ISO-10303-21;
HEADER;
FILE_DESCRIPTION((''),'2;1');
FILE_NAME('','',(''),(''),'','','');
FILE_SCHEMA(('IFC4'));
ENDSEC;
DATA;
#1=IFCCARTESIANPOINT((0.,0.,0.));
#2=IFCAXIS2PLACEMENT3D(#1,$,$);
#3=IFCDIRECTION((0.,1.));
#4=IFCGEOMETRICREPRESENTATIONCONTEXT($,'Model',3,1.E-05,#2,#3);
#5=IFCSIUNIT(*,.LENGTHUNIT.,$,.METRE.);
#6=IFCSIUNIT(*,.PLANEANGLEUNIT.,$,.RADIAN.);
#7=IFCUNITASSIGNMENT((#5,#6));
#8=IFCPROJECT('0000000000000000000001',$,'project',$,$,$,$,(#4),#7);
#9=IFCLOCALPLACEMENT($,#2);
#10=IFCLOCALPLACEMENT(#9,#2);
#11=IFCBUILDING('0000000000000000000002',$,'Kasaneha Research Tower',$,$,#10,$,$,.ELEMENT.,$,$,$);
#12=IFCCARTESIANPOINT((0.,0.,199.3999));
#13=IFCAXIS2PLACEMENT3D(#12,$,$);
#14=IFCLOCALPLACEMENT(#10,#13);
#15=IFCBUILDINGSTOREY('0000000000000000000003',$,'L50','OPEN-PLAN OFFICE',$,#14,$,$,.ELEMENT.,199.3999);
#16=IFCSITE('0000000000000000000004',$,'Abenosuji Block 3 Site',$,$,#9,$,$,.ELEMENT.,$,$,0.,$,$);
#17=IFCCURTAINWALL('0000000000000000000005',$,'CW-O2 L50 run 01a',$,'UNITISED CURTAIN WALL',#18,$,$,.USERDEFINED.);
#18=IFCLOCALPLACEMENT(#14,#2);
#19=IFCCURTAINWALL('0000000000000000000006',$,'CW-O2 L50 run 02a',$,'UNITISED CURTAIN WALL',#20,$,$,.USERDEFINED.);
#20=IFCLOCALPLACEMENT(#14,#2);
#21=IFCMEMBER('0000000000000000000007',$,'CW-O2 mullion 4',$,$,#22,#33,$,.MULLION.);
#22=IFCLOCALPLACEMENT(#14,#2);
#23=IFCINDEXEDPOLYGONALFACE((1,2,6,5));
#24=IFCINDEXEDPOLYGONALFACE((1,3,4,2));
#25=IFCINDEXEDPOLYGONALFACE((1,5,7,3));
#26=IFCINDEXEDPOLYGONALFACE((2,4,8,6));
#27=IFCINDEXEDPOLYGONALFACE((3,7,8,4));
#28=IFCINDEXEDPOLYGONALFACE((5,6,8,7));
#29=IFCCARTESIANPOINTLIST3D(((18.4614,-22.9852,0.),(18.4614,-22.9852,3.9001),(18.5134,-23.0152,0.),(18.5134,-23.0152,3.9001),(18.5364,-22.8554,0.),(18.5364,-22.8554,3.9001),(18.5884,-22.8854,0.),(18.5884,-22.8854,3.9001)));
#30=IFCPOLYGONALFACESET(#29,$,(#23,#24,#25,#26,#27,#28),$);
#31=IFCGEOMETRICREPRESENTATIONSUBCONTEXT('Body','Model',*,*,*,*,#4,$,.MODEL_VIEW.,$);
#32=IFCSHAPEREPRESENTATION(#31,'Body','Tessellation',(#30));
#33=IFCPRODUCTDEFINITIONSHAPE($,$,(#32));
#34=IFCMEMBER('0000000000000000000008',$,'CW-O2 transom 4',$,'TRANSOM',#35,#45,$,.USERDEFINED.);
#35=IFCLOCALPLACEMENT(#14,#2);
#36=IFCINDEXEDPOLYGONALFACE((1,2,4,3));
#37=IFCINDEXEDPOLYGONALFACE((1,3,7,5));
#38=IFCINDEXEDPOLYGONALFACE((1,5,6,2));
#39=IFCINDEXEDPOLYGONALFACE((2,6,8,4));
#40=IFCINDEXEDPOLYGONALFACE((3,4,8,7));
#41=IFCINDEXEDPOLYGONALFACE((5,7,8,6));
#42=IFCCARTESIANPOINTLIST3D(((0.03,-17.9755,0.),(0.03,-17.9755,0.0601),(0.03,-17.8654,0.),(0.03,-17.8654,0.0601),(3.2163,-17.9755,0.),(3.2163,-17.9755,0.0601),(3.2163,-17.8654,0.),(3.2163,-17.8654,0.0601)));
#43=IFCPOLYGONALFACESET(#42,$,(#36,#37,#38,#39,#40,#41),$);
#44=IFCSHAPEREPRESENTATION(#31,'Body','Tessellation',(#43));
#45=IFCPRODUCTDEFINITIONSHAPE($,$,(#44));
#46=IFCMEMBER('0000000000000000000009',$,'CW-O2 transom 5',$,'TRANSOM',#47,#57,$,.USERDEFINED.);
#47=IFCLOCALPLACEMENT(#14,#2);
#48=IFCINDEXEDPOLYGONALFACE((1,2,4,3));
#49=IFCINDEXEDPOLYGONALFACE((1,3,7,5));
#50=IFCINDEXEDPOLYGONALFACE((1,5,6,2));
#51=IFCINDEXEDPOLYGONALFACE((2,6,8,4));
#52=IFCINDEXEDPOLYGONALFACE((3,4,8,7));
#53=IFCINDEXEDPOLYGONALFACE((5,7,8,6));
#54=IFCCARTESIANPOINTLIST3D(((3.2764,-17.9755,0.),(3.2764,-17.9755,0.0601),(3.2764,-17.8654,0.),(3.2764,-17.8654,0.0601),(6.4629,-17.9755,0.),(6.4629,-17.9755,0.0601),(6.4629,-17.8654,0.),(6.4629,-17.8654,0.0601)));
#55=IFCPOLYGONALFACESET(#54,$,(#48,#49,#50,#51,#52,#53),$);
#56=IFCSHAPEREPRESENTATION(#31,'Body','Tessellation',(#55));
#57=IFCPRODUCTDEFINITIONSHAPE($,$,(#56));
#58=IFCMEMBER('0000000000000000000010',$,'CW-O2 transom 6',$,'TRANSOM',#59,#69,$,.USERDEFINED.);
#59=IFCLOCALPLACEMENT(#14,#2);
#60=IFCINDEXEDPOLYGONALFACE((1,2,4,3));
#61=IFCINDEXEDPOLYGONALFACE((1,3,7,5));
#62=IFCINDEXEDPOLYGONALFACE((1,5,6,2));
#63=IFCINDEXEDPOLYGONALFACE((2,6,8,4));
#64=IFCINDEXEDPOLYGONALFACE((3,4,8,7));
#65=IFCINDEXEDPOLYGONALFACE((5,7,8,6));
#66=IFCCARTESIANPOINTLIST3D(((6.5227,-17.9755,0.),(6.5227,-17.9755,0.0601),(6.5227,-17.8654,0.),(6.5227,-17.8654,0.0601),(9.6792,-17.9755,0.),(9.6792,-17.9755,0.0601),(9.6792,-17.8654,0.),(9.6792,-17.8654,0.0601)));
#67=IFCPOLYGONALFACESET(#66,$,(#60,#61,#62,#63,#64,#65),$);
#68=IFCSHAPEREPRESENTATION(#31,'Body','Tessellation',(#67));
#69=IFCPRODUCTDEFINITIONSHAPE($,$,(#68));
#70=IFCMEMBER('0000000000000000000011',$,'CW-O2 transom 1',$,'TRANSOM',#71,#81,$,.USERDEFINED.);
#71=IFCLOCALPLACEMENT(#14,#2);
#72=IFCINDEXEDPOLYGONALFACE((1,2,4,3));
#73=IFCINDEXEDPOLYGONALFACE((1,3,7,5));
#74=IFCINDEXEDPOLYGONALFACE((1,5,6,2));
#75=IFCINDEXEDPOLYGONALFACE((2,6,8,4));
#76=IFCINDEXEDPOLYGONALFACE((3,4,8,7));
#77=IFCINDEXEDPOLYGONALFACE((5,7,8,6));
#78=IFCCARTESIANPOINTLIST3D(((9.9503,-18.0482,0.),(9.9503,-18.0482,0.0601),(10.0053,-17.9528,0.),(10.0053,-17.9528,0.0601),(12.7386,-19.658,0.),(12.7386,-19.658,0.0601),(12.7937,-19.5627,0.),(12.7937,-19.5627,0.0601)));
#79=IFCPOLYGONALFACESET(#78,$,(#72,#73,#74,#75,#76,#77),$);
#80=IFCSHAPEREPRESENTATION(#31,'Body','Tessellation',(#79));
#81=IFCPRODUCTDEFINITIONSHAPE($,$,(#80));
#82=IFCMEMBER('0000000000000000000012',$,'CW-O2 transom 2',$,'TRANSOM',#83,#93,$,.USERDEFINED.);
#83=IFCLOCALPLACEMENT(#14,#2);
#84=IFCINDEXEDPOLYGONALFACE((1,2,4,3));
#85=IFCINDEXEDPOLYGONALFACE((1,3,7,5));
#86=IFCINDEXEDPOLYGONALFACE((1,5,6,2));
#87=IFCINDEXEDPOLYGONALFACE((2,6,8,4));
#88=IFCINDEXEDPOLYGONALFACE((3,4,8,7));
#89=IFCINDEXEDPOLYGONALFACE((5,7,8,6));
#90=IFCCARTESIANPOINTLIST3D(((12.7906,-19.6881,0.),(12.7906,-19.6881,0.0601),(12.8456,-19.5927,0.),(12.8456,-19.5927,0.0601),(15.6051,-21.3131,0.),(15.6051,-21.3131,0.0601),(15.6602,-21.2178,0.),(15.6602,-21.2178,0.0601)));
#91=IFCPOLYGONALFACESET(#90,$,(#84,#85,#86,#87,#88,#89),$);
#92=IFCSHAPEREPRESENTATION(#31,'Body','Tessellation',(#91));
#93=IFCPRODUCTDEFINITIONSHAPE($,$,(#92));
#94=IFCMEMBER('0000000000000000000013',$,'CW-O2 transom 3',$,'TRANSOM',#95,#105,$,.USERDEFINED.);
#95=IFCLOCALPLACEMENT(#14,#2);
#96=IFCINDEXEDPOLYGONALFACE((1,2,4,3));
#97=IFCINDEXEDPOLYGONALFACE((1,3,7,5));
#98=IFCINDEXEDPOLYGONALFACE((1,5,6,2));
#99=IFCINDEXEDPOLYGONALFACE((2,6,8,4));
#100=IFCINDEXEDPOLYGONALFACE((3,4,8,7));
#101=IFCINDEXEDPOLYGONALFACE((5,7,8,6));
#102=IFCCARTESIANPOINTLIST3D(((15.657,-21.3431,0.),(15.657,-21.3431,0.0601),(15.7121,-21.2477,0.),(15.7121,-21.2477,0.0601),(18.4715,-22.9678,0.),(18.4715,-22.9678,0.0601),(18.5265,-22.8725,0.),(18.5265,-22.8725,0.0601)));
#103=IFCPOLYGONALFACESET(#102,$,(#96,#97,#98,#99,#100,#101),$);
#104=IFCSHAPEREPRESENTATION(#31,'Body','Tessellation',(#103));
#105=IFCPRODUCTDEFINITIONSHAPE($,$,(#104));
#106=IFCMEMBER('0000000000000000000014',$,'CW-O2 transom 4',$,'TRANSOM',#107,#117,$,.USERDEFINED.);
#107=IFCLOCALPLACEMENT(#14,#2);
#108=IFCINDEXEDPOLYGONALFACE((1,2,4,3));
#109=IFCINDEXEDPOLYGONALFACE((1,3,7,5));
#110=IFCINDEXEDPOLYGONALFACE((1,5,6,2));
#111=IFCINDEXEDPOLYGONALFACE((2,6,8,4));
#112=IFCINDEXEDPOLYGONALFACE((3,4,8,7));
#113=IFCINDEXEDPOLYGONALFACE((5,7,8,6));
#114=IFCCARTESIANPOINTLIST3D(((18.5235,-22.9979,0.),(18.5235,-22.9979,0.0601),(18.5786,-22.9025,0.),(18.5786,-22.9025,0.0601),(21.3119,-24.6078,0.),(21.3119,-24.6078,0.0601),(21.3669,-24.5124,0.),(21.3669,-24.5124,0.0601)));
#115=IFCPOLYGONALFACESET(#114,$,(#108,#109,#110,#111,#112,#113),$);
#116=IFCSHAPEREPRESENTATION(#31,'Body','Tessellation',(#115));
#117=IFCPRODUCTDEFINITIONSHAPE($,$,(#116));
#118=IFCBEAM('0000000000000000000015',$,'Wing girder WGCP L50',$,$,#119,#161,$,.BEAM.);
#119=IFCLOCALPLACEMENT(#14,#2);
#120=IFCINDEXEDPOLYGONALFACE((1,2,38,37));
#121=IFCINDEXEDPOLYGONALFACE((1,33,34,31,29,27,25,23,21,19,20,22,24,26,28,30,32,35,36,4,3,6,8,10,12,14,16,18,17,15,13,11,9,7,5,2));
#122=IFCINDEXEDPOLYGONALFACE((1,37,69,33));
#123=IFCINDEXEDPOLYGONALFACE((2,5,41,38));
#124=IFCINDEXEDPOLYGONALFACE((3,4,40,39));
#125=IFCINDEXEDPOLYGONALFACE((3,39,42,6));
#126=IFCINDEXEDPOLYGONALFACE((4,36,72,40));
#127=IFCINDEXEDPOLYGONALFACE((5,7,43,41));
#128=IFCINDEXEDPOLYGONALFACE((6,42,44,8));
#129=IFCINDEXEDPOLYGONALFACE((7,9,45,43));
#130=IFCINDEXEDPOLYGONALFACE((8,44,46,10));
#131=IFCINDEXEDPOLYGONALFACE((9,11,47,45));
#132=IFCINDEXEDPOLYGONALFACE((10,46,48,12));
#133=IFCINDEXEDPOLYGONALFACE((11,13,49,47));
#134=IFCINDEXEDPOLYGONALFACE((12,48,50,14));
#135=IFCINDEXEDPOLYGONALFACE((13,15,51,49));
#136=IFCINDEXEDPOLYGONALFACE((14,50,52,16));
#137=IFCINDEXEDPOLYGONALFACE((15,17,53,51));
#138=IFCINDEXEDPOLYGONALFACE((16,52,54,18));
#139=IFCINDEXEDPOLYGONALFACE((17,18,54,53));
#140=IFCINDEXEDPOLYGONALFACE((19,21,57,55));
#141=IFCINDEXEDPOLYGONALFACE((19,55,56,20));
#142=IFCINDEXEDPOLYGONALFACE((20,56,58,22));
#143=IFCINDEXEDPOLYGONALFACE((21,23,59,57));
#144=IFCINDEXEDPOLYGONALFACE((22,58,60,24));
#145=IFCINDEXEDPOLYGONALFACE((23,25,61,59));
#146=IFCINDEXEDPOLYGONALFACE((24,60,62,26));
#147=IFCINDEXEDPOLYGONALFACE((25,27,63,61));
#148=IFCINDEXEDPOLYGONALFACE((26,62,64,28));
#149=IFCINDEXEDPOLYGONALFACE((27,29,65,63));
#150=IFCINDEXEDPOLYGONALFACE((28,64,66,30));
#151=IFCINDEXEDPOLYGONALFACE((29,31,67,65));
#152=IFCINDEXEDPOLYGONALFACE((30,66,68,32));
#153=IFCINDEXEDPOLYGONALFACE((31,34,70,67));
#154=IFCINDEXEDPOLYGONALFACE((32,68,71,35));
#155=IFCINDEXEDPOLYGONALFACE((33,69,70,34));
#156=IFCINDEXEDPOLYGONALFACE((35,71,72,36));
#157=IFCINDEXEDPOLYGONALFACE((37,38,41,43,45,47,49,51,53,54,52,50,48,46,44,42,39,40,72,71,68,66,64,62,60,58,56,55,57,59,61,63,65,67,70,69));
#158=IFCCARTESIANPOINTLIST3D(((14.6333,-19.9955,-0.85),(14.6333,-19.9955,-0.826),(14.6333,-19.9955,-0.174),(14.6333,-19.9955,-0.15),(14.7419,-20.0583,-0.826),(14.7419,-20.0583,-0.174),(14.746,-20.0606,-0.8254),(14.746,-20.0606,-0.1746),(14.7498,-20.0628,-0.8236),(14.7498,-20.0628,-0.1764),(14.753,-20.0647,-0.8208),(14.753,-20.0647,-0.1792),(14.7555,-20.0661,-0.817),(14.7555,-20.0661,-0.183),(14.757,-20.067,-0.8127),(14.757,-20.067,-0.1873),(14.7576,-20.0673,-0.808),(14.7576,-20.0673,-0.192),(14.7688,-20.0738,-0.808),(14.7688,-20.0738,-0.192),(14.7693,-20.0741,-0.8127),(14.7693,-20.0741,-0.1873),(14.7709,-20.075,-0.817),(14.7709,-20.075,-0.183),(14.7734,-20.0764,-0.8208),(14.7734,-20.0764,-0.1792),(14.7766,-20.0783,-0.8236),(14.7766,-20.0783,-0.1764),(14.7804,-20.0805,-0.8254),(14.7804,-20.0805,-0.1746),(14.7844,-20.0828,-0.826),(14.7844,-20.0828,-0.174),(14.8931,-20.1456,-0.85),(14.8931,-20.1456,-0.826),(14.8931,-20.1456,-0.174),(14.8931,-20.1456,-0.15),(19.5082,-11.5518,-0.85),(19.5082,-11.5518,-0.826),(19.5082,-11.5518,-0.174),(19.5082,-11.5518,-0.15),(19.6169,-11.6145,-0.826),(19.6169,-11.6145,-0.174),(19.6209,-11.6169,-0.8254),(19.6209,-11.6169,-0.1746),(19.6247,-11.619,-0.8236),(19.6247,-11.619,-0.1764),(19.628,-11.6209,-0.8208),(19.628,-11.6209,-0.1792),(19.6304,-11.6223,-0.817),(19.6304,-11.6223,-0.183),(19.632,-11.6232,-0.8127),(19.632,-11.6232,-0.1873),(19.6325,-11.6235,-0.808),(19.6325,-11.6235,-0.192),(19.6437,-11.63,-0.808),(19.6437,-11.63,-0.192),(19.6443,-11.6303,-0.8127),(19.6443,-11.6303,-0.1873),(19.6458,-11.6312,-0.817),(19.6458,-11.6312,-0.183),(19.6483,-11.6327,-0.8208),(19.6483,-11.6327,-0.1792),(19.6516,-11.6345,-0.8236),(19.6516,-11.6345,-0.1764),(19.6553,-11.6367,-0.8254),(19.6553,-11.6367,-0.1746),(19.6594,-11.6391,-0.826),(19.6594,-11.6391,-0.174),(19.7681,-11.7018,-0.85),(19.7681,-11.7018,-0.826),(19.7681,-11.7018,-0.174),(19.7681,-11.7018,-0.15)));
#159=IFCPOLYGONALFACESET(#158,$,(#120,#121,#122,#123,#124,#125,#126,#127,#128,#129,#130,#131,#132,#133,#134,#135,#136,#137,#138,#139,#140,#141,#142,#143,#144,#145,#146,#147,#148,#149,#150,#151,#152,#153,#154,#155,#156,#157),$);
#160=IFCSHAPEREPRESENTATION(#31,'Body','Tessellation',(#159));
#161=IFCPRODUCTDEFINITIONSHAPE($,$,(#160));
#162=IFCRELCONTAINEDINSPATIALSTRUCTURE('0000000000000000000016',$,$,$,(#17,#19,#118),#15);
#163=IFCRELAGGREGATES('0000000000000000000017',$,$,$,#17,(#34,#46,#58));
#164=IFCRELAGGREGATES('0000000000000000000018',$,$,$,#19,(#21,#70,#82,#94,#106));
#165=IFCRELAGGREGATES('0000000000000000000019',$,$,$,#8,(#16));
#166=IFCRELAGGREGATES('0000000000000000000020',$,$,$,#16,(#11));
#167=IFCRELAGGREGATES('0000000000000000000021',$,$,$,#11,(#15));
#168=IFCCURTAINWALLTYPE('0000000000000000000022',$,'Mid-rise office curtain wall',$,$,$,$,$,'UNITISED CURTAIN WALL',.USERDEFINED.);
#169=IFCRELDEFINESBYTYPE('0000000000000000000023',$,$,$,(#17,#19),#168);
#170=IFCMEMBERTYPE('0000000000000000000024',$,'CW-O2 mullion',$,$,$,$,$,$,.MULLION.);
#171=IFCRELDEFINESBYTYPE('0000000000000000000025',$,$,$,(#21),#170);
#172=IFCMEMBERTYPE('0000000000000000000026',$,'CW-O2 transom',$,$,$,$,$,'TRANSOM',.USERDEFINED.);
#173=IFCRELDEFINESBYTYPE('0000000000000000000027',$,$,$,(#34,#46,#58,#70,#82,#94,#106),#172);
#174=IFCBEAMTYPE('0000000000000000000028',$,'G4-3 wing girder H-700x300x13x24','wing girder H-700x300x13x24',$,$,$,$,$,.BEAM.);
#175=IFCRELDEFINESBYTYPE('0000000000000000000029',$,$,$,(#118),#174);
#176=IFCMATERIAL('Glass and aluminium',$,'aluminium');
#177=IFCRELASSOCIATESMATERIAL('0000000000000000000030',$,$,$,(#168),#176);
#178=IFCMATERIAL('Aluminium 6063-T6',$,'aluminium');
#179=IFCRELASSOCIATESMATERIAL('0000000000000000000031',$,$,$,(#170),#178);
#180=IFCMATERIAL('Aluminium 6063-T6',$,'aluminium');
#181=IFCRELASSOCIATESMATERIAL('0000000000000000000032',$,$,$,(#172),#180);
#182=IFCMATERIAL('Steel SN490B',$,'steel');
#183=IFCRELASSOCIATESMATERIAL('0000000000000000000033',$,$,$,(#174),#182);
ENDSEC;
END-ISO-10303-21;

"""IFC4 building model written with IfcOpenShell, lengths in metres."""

from ifc_helpers import new_model, si_unit, direction, frame, origin, origin_2d, place, context, subcontext, project, spatial, rectangle, i_section, extrude, material, material_profile, profile_set, type_object, element, aggregate, save


model = new_model("IFC4")

# Units and contexts
model_context = context("Model", 3, precision=1e-05, world=origin(), true_north=direction((0.0, 1.0)))
body_context = subcontext(model_context, "Body", "Model", "MODEL_VIEW")
ifc_project = project(units=[si_unit("LENGTHUNIT", "METRE"), si_unit("PLANEANGLEUNIT", "RADIAN")], contexts=[model_context])

# Site, building, storey
site_placement = place(None, origin())
site = spatial("IfcSite", under=ifc_project, at=site_placement, Name="Abenosuji Block 3 Site", CompositionType="ELEMENT", RefElevation=0.0)
building_placement = place(site_placement, origin())
building = spatial("IfcBuilding", under=site, at=building_placement, Name="Kasaneha Research Tower", CompositionType="ELEMENT")
storey_placement = place(building_placement, frame((0.0, 0.0, 199.3999)))
storey = spatial("IfcBuildingStorey", under=building, at=storey_placement, Name="L50", Description="OPEN-PLAN OFFICE", CompositionType="ELEMENT", Elevation=199.3999)

# Curtain walls, member
ifc_material_1 = material(Name="Glass and aluminium", Category="aluminium")
curtain_wall_type = type_object("IfcCurtainWallType", Name="Mid-rise office curtain wall", ElementType="UNITISED CURTAIN WALL", PredefinedType="USERDEFINED", material=ifc_material_1)
curtain_wall_1_placement = place(storey_placement, origin())
curtain_wall_1 = element("IfcCurtainWall", 1, at=curtain_wall_1_placement, inside=storey, type_object=curtain_wall_type, Name="CW-O2 L50 run 01a", ObjectType="UNITISED CURTAIN WALL", PredefinedType="USERDEFINED")
ifc_material_2 = material(Name="Aluminium 6063-T6", Category="aluminium")
ifc_material_profile_1 = material_profile(ifc_material_2, rectangle(XDim=0.0601, YDim=0.1499, at=origin_2d()), Name="CW-O2 mullion 60x150")
ifc_profile_set_1 = profile_set([ifc_material_profile_1], Name="Aluminium 6063-T6")
member_type_1 = type_object("IfcMemberType", Name="CW-O2 mullion", PredefinedType="MULLION", material=ifc_profile_set_1)
curtain_wall_2_placement = place(storey_placement, origin())
curtain_wall_2 = element("IfcCurtainWall", 2, at=curtain_wall_2_placement, inside=storey, type_object=curtain_wall_type, Name="CW-O2 L50 run 02a", ObjectType="UNITISED CURTAIN WALL", PredefinedType="USERDEFINED")
member_1_placement = place(storey_placement, frame((18.5249, -22.9353, 0.0), z_axis=(0.0, 0.0, 1.0), x_axis=(0.866025, -0.5, 0.0)))
member_1 = element("IfcMember", 3, at=member_1_placement, type_object=member_type_1, Name="CW-O2 mullion 4", PredefinedType="MULLION", context=body_context, shape_type="SweptSolid", body=[
    extrude(rectangle(XDim=0.0601, YDim=0.1499, at=origin_2d()), origin(), (0.0, 0.0, 1.0), 3.9001),
])

# Members
ifc_material_3 = material(Name="Aluminium 6063-T6", Category="aluminium")
ifc_material_profile_2 = material_profile(ifc_material_3, rectangle(XDim=0.1101, YDim=0.0601, at=origin_2d()), Name="CW-O2 transom 110x60")
ifc_profile_set_2 = profile_set([ifc_material_profile_2], Name="Aluminium 6063-T6")
member_type_2 = type_object("IfcMemberType", Name="CW-O2 transom", ElementType="TRANSOM", PredefinedType="USERDEFINED", material=ifc_profile_set_2)
member_2_placement = place(storey_placement, frame((0.03, -17.9204, 0.03), z_axis=(1.0, 0.0, 0.0), x_axis=(0.0, 1.0, 0.0)))
member_2 = element("IfcMember", 4, at=member_2_placement, type_object=member_type_2, Name="CW-O2 transom 4", ObjectType="TRANSOM", PredefinedType="USERDEFINED", context=body_context, shape_type="SweptSolid", body=[
    extrude(rectangle(XDim=0.1101, YDim=0.0601, at=origin_2d()), origin(), (0.0, 0.0, 1.0), 3.1863),
])
member_3_placement = place(storey_placement, frame((3.2764, -17.9204, 0.03), z_axis=(1.0, 0.0, 0.0), x_axis=(0.0, 1.0, 0.0)))
member_3 = element("IfcMember", 5, at=member_3_placement, type_object=member_type_2, Name="CW-O2 transom 5", ObjectType="TRANSOM", PredefinedType="USERDEFINED", context=body_context, shape_type="SweptSolid", body=[
    extrude(rectangle(XDim=0.1101, YDim=0.0601, at=origin_2d()), origin(), (0.0, 0.0, 1.0), 3.1865),
])
member_4_placement = place(storey_placement, frame((6.5227, -17.9204, 0.03), z_axis=(1.0, 0.0, 0.0), x_axis=(0.0, 1.0, 0.0)))
member_4 = element("IfcMember", 6, at=member_4_placement, type_object=member_type_2, Name="CW-O2 transom 6", ObjectType="TRANSOM", PredefinedType="USERDEFINED", context=body_context, shape_type="SweptSolid", body=[
    extrude(rectangle(XDim=0.1101, YDim=0.0601, at=origin_2d()), origin(), (0.0, 0.0, 1.0), 3.1565),
])
member_5_placement = place(storey_placement, frame((9.9778, -18.0005, 0.03), z_axis=(0.866023, -0.500005, 0.0), x_axis=(0.500005, 0.866023, 0.0)))
member_5 = element("IfcMember", 7, at=member_5_placement, type_object=member_type_2, Name="CW-O2 transom 1", ObjectType="TRANSOM", PredefinedType="USERDEFINED", context=body_context, shape_type="SweptSolid", body=[
    extrude(rectangle(XDim=0.1101, YDim=0.0601, at=origin_2d()), origin(), (0.0, 0.0, 1.0), 3.2197),
])
member_6_placement = place(storey_placement, frame((12.8181, -19.6404, 0.03), z_axis=(0.866015, -0.500017, 0.0), x_axis=(0.500017, 0.866015, 0.0)))
member_6 = element("IfcMember", 8, at=member_6_placement, type_object=member_type_2, Name="CW-O2 transom 2", ObjectType="TRANSOM", PredefinedType="USERDEFINED", context=body_context, shape_type="SweptSolid", body=[
    extrude(rectangle(XDim=0.1101, YDim=0.0601, at=origin_2d()), origin(), (0.0, 0.0, 1.0), 3.25),
])
member_7_placement = place(storey_placement, frame((15.6846, -21.2954, 0.03), z_axis=(0.866048, -0.499961, 0.0), x_axis=(0.499961, 0.866048, 0.0)))
member_7 = element("IfcMember", 9, at=member_7_placement, type_object=member_type_2, Name="CW-O2 transom 3", ObjectType="TRANSOM", PredefinedType="USERDEFINED", context=body_context, shape_type="SweptSolid", body=[
    extrude(rectangle(XDim=0.1101, YDim=0.0601, at=origin_2d()), origin(), (0.0, 0.0, 1.0), 3.2498),
])
member_8_placement = place(storey_placement, frame((18.551, -22.9502, 0.03), z_axis=(0.866023, -0.500005, 0.0), x_axis=(0.500005, 0.866023, 0.0)))
member_8 = element("IfcMember", 10, at=member_8_placement, type_object=member_type_2, Name="CW-O2 transom 4", ObjectType="TRANSOM", PredefinedType="USERDEFINED", context=body_context, shape_type="SweptSolid", body=[
    extrude(rectangle(XDim=0.1101, YDim=0.0601, at=origin_2d()), origin(), (0.0, 0.0, 1.0), 3.2197),
])

# Beam
ifc_material_4 = material(Name="Steel SN490B", Category="steel")
ifc_material_profile_3 = material_profile(ifc_material_4, i_section(OverallWidth=0.3, OverallDepth=0.7, WebThickness=0.0129, FlangeThickness=0.0239, FilletRadius=0.0181, at=origin_2d()), Name="H-700x300x13x24")
ifc_profile_set_3 = profile_set([ifc_material_profile_3], Name="Steel SN490B")
beam_type_1 = type_object("IfcBeamType", Name="G4-3 wing girder H-700x300x13x24", Description="wing girder H-700x300x13x24", PredefinedType="BEAM", material=ifc_profile_set_3)
beam_1_placement = place(storey_placement, frame((14.7632, -20.0706, -0.5), z_axis=(0.499996, 0.866028, 0.0), x_axis=(-0.866028, 0.499996, 0.0)))
element("IfcBeam", 11, at=beam_1_placement, inside=storey, type_object=beam_type_1, Name="Wing girder WGCP L50", PredefinedType="BEAM", context=body_context, shape_type="SweptSolid", body=[
    extrude(i_section(OverallWidth=0.3, OverallDepth=0.7, WebThickness=0.0129, FlangeThickness=0.0239, FilletRadius=0.0181, at=origin_2d()), origin(), (0.0, 0.0, 1.0), 9.75),
])

aggregate(curtain_wall_1, [member_2, member_3, member_4])
aggregate(curtain_wall_2, [member_1, member_5, member_6, member_7, member_8])

save(model, "model.ifc")
